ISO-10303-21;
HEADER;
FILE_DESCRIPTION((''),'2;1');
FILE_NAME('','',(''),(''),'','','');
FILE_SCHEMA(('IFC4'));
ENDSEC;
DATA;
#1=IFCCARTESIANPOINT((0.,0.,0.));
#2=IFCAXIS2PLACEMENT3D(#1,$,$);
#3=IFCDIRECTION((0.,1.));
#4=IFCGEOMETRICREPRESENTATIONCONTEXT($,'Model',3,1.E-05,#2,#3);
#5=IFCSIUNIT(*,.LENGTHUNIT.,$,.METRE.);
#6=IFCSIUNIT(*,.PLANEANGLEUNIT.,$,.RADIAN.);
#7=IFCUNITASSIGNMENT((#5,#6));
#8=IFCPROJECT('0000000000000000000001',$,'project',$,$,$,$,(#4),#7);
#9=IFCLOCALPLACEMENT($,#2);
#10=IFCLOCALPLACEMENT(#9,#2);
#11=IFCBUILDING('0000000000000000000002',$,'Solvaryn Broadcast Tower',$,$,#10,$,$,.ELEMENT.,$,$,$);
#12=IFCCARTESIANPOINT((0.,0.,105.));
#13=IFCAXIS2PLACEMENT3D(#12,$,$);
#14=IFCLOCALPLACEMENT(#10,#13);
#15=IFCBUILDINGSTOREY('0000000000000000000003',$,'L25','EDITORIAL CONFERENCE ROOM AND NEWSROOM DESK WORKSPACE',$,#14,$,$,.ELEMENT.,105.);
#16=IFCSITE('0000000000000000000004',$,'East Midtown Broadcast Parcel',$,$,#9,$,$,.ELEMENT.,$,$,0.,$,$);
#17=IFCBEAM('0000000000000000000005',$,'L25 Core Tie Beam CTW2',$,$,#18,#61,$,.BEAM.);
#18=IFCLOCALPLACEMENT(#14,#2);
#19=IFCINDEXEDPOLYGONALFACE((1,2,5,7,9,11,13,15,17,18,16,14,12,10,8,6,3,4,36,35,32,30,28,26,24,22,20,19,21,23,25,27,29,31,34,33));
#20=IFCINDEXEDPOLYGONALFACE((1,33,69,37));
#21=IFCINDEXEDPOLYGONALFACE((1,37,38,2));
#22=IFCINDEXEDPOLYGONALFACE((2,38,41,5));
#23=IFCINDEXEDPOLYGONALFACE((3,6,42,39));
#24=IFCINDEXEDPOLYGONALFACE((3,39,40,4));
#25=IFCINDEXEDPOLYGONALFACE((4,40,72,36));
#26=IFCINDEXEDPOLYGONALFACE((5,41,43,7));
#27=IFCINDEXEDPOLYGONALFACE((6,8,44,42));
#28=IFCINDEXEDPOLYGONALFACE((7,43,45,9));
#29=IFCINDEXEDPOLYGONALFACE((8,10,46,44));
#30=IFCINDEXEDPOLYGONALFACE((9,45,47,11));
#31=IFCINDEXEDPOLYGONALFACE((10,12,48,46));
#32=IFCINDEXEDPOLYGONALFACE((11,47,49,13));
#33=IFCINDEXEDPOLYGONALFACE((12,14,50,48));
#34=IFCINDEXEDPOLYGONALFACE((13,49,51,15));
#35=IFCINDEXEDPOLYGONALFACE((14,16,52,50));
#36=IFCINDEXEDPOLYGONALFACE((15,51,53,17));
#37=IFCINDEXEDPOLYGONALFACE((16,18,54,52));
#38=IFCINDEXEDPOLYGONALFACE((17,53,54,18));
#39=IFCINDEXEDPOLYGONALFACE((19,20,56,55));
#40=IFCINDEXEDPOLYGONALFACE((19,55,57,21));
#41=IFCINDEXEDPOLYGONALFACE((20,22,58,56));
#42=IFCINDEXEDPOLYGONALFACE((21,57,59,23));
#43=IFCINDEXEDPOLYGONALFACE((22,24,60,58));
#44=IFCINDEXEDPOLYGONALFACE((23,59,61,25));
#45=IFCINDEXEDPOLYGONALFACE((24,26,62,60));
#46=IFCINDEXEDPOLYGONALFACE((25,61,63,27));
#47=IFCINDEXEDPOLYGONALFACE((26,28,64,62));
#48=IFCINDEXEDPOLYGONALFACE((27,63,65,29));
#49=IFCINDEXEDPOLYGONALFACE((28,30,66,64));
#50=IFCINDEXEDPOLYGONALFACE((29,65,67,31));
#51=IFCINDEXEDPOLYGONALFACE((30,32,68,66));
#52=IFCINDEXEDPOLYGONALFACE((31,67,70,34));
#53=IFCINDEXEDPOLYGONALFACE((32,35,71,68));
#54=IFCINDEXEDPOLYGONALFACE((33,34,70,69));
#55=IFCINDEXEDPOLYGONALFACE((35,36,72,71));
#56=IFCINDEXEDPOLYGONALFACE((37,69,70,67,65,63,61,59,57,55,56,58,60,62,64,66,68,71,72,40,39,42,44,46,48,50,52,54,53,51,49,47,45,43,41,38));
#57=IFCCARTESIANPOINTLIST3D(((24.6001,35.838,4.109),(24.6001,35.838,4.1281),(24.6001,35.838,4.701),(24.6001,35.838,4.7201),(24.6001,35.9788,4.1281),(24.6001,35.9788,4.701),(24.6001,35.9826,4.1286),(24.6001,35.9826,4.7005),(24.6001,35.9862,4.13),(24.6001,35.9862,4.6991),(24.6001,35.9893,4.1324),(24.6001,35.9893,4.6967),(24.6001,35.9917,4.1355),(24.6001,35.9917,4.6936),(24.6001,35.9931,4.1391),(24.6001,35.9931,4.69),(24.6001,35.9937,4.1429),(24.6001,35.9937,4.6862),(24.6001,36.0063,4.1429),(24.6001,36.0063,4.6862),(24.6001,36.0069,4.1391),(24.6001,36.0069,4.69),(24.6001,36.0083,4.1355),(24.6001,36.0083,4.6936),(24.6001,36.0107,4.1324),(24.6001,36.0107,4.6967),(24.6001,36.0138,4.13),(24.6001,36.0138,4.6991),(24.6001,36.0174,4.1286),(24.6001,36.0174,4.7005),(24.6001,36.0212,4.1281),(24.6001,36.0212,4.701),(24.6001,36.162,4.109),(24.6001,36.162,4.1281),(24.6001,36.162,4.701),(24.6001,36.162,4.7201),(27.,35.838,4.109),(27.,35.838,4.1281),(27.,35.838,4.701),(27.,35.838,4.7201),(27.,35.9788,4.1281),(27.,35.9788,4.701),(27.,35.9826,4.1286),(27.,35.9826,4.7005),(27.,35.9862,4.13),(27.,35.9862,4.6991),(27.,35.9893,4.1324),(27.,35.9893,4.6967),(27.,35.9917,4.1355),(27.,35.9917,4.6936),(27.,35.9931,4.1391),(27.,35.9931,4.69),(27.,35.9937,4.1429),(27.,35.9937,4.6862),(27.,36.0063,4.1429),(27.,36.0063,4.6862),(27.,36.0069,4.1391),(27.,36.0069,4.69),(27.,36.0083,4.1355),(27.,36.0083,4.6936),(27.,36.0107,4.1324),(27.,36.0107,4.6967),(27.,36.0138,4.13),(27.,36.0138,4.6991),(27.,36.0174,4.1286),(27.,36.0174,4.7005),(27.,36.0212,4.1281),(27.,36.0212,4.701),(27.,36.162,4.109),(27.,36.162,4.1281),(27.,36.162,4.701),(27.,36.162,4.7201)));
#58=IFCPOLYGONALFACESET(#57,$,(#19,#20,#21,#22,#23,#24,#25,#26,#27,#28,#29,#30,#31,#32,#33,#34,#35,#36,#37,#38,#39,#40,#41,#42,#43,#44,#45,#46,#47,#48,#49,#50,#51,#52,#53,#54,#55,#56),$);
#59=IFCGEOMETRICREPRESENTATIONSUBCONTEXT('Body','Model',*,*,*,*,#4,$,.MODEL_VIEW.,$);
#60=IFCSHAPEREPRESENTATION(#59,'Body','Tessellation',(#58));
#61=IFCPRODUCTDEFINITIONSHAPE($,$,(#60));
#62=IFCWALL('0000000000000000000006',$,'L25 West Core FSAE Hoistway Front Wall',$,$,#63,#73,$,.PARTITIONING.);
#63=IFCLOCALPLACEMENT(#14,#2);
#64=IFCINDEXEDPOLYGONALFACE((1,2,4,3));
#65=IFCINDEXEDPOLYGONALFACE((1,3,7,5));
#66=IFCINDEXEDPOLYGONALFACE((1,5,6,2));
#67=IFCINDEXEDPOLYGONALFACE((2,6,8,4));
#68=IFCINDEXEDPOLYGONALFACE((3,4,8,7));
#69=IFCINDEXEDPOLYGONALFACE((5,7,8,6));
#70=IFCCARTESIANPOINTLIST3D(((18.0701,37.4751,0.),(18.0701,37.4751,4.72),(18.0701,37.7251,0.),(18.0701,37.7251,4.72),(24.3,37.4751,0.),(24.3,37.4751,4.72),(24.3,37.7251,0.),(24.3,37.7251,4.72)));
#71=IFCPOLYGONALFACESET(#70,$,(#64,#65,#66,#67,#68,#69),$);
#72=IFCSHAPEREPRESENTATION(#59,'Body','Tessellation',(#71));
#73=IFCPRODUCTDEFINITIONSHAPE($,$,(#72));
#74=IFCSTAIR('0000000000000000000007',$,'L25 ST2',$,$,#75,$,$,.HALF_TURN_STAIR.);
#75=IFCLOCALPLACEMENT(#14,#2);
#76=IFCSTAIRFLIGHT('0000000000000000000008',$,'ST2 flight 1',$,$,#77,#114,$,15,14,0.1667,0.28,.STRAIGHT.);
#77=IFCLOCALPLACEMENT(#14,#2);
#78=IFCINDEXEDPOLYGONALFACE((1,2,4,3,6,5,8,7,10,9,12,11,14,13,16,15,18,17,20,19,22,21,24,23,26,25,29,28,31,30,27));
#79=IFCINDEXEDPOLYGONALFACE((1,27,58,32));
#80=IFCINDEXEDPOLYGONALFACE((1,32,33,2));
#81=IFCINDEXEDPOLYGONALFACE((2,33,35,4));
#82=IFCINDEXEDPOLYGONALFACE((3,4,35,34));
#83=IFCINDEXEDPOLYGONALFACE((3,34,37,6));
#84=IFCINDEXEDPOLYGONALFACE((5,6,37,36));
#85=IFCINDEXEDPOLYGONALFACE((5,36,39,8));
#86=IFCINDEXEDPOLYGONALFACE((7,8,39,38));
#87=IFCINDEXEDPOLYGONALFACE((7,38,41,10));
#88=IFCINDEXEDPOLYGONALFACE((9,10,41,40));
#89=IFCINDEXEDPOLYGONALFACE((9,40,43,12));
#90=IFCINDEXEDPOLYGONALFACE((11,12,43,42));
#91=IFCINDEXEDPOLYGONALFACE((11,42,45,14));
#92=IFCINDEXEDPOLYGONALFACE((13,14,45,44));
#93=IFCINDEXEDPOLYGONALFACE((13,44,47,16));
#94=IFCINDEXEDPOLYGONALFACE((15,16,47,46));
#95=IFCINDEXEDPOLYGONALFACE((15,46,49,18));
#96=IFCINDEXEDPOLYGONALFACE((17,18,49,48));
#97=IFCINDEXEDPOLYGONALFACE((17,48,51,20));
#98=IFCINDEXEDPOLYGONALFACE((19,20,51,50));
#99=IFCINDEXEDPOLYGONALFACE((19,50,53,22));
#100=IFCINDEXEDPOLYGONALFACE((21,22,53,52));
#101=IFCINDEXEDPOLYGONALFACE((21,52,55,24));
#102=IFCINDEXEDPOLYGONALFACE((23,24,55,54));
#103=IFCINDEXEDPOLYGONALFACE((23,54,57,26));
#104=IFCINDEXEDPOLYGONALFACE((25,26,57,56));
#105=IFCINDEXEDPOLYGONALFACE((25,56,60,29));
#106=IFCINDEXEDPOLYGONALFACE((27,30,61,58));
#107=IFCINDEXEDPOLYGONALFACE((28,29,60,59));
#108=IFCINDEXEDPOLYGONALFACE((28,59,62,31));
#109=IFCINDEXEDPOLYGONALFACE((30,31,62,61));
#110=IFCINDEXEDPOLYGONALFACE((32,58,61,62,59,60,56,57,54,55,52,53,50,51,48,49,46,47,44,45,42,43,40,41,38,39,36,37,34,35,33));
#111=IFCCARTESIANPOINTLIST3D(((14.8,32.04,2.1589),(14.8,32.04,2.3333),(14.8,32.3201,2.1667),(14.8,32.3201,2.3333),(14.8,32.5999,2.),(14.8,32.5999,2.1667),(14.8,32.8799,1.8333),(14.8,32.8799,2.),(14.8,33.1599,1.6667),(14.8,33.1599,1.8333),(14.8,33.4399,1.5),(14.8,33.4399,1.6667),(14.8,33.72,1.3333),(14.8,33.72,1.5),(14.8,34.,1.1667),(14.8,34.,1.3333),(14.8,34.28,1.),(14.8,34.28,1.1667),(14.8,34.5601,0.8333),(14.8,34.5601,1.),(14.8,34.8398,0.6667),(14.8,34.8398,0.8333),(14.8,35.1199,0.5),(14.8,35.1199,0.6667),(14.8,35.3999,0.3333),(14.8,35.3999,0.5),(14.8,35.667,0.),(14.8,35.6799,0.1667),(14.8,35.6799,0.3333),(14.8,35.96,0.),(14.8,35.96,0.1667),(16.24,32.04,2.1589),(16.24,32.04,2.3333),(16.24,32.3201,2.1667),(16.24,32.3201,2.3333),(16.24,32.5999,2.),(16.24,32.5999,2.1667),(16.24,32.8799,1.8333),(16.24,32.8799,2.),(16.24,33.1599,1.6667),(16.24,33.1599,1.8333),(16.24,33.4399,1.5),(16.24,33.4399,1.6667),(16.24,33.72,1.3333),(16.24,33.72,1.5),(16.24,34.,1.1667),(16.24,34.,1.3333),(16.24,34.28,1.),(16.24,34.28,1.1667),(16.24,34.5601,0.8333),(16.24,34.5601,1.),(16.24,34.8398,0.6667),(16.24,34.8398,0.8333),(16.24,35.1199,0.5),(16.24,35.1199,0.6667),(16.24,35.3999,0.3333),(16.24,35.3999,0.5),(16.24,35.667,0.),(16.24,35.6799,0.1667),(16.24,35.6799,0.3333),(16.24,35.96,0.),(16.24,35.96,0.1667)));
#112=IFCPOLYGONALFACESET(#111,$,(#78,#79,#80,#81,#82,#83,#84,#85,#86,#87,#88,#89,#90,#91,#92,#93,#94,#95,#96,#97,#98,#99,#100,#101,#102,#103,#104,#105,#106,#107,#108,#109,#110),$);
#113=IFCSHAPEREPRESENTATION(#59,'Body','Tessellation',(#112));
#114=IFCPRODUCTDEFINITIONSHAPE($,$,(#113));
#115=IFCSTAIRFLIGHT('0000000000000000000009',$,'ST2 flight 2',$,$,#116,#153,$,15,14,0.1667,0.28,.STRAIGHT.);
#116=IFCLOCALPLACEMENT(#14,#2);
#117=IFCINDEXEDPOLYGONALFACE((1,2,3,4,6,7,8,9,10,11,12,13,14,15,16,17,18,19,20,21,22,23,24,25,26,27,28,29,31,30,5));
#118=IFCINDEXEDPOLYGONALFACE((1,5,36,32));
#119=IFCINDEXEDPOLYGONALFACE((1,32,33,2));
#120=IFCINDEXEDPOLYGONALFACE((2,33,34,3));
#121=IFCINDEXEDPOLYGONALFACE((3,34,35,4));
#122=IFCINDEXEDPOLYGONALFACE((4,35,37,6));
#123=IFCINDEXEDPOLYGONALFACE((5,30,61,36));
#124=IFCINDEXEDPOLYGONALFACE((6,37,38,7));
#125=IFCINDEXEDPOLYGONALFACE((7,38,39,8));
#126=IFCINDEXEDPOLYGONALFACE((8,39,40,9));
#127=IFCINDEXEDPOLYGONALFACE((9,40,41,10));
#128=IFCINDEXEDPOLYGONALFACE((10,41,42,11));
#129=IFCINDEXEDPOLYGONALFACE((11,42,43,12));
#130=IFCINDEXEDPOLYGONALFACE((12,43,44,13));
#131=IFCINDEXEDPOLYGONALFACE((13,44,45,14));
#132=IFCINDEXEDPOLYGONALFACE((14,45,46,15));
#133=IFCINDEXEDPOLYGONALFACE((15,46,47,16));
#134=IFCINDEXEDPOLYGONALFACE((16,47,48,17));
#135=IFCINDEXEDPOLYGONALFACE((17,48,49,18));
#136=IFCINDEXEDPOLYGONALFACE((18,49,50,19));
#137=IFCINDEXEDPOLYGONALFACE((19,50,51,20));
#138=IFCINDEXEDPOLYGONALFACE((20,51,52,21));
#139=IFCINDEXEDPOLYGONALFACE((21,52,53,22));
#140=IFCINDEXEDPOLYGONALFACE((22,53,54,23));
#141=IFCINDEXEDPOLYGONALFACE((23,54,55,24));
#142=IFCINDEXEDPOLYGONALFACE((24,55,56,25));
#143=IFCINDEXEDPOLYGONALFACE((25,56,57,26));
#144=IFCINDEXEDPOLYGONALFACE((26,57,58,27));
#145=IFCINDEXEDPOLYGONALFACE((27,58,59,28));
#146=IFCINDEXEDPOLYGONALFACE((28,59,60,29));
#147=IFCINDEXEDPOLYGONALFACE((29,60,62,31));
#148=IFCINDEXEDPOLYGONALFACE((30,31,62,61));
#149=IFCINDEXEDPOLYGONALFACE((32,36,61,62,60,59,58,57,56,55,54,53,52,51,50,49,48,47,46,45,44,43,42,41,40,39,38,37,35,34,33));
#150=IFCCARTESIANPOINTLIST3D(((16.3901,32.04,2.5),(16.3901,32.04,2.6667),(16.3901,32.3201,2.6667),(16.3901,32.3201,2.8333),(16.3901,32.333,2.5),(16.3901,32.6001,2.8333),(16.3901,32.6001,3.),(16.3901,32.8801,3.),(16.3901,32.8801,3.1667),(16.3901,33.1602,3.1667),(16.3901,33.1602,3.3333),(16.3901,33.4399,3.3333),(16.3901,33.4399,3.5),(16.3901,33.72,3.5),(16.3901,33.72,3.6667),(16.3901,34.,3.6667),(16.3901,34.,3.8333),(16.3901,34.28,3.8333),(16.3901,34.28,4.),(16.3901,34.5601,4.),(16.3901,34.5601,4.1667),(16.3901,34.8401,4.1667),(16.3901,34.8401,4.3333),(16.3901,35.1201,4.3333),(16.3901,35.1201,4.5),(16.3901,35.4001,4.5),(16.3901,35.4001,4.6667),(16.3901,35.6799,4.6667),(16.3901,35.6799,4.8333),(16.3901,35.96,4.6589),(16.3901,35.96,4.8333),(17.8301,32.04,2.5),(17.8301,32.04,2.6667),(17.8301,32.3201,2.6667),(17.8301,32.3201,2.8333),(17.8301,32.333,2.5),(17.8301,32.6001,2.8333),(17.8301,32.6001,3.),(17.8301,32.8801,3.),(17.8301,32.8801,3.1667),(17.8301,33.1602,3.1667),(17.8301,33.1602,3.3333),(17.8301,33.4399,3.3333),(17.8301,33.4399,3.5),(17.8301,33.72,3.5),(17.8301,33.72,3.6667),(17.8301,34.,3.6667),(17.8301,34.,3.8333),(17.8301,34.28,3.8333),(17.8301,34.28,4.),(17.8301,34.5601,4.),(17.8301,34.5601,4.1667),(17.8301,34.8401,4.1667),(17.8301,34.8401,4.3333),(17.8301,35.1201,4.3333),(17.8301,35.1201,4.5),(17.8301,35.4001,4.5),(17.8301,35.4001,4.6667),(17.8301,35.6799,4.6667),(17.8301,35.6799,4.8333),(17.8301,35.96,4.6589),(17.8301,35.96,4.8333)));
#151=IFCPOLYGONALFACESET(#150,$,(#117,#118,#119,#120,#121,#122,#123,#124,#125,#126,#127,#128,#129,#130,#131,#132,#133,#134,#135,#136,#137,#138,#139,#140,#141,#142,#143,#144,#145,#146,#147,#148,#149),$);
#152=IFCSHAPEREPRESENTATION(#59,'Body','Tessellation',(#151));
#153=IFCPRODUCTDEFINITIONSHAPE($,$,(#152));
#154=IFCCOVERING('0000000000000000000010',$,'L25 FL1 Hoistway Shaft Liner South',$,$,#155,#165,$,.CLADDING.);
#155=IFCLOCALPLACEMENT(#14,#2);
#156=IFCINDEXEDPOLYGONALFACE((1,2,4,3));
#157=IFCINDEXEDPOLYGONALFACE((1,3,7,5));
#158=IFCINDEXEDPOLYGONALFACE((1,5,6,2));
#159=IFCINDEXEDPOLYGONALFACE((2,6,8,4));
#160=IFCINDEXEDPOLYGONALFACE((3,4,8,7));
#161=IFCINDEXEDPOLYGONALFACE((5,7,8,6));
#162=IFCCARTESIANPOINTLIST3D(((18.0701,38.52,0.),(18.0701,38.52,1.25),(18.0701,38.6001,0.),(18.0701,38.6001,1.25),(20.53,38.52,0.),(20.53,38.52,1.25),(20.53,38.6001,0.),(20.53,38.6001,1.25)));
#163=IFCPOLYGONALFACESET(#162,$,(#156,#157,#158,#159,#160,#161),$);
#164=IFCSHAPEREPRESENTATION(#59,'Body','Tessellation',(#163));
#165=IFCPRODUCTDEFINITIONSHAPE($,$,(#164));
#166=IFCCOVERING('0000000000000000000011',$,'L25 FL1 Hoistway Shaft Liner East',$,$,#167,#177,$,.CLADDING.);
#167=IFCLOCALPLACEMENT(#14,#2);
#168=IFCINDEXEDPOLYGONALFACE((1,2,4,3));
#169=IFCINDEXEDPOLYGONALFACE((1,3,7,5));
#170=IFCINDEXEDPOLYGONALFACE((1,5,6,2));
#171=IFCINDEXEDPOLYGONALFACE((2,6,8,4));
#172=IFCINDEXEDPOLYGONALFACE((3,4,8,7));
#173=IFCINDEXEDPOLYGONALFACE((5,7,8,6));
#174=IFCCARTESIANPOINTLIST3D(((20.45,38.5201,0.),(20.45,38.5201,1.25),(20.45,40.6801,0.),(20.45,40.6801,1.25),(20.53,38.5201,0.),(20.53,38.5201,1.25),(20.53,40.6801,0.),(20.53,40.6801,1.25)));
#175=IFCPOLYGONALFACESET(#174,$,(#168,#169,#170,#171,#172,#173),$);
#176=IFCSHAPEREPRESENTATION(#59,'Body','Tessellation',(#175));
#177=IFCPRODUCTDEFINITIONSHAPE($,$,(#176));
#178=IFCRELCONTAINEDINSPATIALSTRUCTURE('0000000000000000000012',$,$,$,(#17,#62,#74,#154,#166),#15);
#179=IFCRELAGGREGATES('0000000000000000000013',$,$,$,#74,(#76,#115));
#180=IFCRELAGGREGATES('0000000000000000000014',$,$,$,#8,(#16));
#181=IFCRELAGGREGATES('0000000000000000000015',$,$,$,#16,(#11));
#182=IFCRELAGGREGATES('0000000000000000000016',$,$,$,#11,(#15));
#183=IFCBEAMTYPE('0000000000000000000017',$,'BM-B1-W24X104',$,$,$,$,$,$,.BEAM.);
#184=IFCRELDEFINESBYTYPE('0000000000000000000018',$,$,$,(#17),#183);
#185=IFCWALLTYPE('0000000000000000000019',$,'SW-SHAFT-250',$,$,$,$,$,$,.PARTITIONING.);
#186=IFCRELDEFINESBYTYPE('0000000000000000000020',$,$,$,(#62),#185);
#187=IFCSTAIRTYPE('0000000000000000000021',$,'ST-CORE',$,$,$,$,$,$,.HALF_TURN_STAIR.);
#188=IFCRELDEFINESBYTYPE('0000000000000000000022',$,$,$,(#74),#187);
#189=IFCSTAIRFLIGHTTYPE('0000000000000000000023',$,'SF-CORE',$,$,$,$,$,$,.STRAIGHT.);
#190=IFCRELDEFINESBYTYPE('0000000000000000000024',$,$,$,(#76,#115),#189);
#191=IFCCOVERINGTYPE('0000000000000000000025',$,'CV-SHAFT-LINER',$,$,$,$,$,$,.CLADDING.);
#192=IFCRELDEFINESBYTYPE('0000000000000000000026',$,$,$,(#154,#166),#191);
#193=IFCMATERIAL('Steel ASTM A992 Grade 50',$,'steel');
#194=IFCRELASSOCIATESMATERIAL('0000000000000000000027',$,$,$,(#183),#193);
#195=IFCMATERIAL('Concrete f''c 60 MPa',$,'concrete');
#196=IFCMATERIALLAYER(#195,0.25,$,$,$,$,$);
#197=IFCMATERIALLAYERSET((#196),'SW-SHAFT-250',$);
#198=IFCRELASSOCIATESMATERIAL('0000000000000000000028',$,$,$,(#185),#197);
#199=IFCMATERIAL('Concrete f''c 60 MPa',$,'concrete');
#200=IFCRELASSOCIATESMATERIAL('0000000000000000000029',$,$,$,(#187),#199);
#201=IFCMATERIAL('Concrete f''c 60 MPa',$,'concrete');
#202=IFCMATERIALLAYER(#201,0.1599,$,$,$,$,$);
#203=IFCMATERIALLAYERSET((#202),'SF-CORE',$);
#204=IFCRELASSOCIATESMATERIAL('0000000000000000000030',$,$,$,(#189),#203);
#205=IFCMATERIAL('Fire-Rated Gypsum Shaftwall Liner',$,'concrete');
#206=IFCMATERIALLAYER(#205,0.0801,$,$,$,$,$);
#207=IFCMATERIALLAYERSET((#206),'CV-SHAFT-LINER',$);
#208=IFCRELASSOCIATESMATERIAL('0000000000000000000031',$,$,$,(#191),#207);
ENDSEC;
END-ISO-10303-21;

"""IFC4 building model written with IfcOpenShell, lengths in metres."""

from ifc_helpers import new_model, si_unit, direction, frame, frame_2d, origin, origin_2d, place, context, subcontext, project, spatial, polyline, rectangle, i_section, outline, extrude, material, layer, layer_set, material_profile, profile_set, type_object, element, aggregate, save


model = new_model("IFC4")

# Units and contexts
model_context = context("Model", 3, precision=1e-05, world=origin(), true_north=direction((0.0, 1.0)))
body_context = subcontext(model_context, "Body", "Model", "MODEL_VIEW")
ifc_project = project(units=[si_unit("LENGTHUNIT", "METRE"), si_unit("PLANEANGLEUNIT", "RADIAN")], contexts=[model_context])

# Site, building, storey
site_placement = place(None, origin())
site = spatial("IfcSite", under=ifc_project, at=site_placement, Name="East Midtown Broadcast Parcel", CompositionType="ELEMENT", RefElevation=0.0)
building_placement = place(site_placement, origin())
building = spatial("IfcBuilding", under=site, at=building_placement, Name="Solvaryn Broadcast Tower", CompositionType="ELEMENT")
storey_placement = place(building_placement, frame((0.0, 0.0, 105.0)))
storey = spatial("IfcBuildingStorey", under=building, at=storey_placement, Name="L25", Description="EDITORIAL CONFERENCE ROOM AND NEWSROOM DESK WORKSPACE", CompositionType="ELEMENT", Elevation=105.0)

# Beam
ifc_material_1 = material(Name="Steel ASTM A992 Grade 50", Category="steel")
ifc_material_profile = material_profile(ifc_material_1, i_section(OverallWidth=0.324, OverallDepth=0.6111, WebThickness=0.0127, FlangeThickness=0.019, FilletRadius=0.0149, at=origin_2d()))
ifc_profile_set = profile_set([ifc_material_profile], Name="Steel ASTM A992 Grade 50")
beam_type = type_object("IfcBeamType", Name="BM-B1-W24X104", PredefinedType="BEAM", material=ifc_profile_set)
beam_placement = place(storey_placement, frame((24.6001, 36.0, 4.4146), z_axis=(1.0, 0.0, 0.0), x_axis=(0.0, 1.0, 0.0)))
element("IfcBeam", 1, at=beam_placement, inside=storey, type_object=beam_type, Name="L25 Core Tie Beam CTW2", PredefinedType="BEAM", context=body_context, shape_type="SweptSolid", body=[
    extrude(i_section(OverallWidth=0.324, OverallDepth=0.6111, WebThickness=0.0127, FlangeThickness=0.019, FilletRadius=0.0149, at=origin_2d()), origin(), (0.0, 0.0, 1.0), 2.3999),
])

# Wall
ifc_material_2 = material(Name="Concrete f'c 60 MPa", Category="concrete")
ifc_layer_1 = layer(ifc_material_2, 0.25)
ifc_layer_set_1 = layer_set([ifc_layer_1], Name="SW-SHAFT-250")
wall_type_1 = type_object("IfcWallType", Name="SW-SHAFT-250", PredefinedType="PARTITIONING", material=ifc_layer_set_1)
wall_1_placement = place(storey_placement, frame((18.0701, 37.6001, 0.0), z_axis=(0.0, 0.0, 1.0), x_axis=(1.0, 0.0, 0.0)))
element("IfcWall", 2, at=wall_1_placement, inside=storey, type_object=wall_type_1, Name="L25 West Core FSAE Hoistway Front Wall", PredefinedType="PARTITIONING", context=body_context, shape_type="SweptSolid", body=[
    extrude(rectangle(XDim=6.23, YDim=0.25, at=frame_2d((3.115, 0.0))), origin(), (0.0, 0.0, 1.0), 4.72),
])

# Stair, stair flights
ifc_material_3 = material(Name="Concrete f'c 60 MPa", Category="concrete")
stair_type = type_object("IfcStairType", Name="ST-CORE", PredefinedType="HALF_TURN_STAIR", material=ifc_material_3)
stair_placement = place(storey_placement, origin())
stair = element("IfcStair", 3, at=stair_placement, inside=storey, type_object=stair_type, Name="L25 ST2", PredefinedType="HALF_TURN_STAIR")
ifc_material_4 = material(Name="Concrete f'c 60 MPa", Category="concrete")
ifc_layer_2 = layer(ifc_material_4, 0.1599)
ifc_layer_set_2 = layer_set([ifc_layer_2], Name="SF-CORE")
stair_flight_type = type_object("IfcStairFlightType", Name="SF-CORE", PredefinedType="STRAIGHT", material=ifc_layer_set_2)
stair_flight_1_placement = place(storey_placement, frame((15.52, 35.96, 0.0), z_axis=(0.0, 0.0, 1.0), x_axis=(0.0, -1.0, 0.0)))
stair_flight_1 = element("IfcStairFlight", 4, at=stair_flight_1_placement, type_object=stair_flight_type, Name="ST2 flight 1", NumberOfRisers=15, NumberOfTreads=14, PredefinedType="STRAIGHT", RiserHeight=0.1667, TreadLength=0.28, context=body_context, shape_type="SweptSolid", body=[
    extrude(outline(polyline([(0.0, 0.0), (0.0, 0.1667), (0.28, 0.1667), (0.28, 0.3333), (0.5601, 0.3333), (0.5601, 0.5), (0.8401, 0.5), (0.8401, 0.6667), (1.1201, 0.6667), (1.1201, 0.8333), (1.3999, 0.8333), (1.3999, 1.0), (1.6799, 1.0), (1.6799, 1.1667), (1.96, 1.1667), (1.96, 1.3333), (2.24, 1.3333), (2.24, 1.5), (2.52, 1.5), (2.52, 1.6667), (2.8, 1.6667), (2.8, 1.8333), (3.0801, 1.8333), (3.0801, 2.0), (3.3601, 2.0), (3.3601, 2.1667), (3.6399, 2.1667), (3.6399, 2.3333), (3.9199, 2.3333), (3.9199, 2.5), (3.9199, 2.1589), (0.293, 0.0), (0.0, 0.0)])), frame((0.0, 0.72, 0.0), z_axis=(0.0, -1.0, 0.0), x_axis=(1.0, 0.0, 0.0)), (0.0, 0.0, 1.0), 1.4399),
])
stair_flight_2_placement = place(storey_placement, frame((17.1101, 32.04, 2.5), z_axis=(0.0, 0.0, 1.0), x_axis=(0.0, 1.0, 0.0)))
stair_flight_2 = element("IfcStairFlight", 5, at=stair_flight_2_placement, type_object=stair_flight_type, Name="ST2 flight 2", NumberOfRisers=15, NumberOfTreads=14, PredefinedType="STRAIGHT", RiserHeight=0.1667, TreadLength=0.28, context=body_context, shape_type="SweptSolid", body=[
    extrude(outline(polyline([(0.0, 0.0), (0.0, 0.1667), (0.28, 0.1667), (0.28, 0.3333), (0.5601, 0.3333), (0.5601, 0.5), (0.8401, 0.5), (0.8401, 0.6667), (1.1201, 0.6667), (1.1201, 0.8333), (1.3999, 0.8333), (1.3999, 1.0), (1.6799, 1.0), (1.6799, 1.1667), (1.96, 1.1667), (1.96, 1.3333), (2.24, 1.3333), (2.24, 1.5), (2.52, 1.5), (2.52, 1.6667), (2.8, 1.6667), (2.8, 1.8333), (3.0801, 1.8333), (3.0801, 2.0), (3.3601, 2.0), (3.3601, 2.1667), (3.6399, 2.1667), (3.6399, 2.3333), (3.9199, 2.3333), (3.9199, 2.5), (3.9199, 2.1589), (0.293, 0.0), (0.0, 0.0)])), frame((0.0, 0.72, 0.0), z_axis=(0.0, -1.0, 0.0), x_axis=(1.0, 0.0, 0.0)), (0.0, 0.0, 1.0), 1.4399),
])
aggregate(stair, [stair_flight_1, stair_flight_2])

# Coverings
ifc_material_5 = material(Name="Fire-Rated Gypsum Shaftwall Liner", Category="concrete")
ifc_layer_3 = layer(ifc_material_5, 0.0801)
ifc_layer_set_3 = layer_set([ifc_layer_3], Name="CV-SHAFT-LINER")
covering_type = type_object("IfcCoveringType", Name="CV-SHAFT-LINER", PredefinedType="CLADDING", material=ifc_layer_set_3)
covering_1_placement = place(storey_placement, frame((19.3, 38.5601, 0.0), z_axis=(0.0, 0.0, 1.0), x_axis=(1.0, 0.0, 0.0)))
element("IfcCovering", 6, at=covering_1_placement, inside=storey, type_object=covering_type, Name="L25 FL1 Hoistway Shaft Liner South", PredefinedType="CLADDING", context=body_context, shape_type="SweptSolid", body=[
    extrude(rectangle(XDim=2.46, YDim=0.0801, at=origin_2d()), origin(), (0.0, 0.0, 1.0), 1.25),
])
covering_2_placement = place(storey_placement, frame((20.49, 39.6001, 0.0), z_axis=(0.0, 0.0, 1.0), x_axis=(1.0, 0.0, 0.0)))
element("IfcCovering", 7, at=covering_2_placement, inside=storey, type_object=covering_type, Name="L25 FL1 Hoistway Shaft Liner East", PredefinedType="CLADDING", context=body_context, shape_type="SweptSolid", body=[
    extrude(rectangle(XDim=0.0801, YDim=2.1599, at=origin_2d()), origin(), (0.0, 0.0, 1.0), 1.25),
])

save(model, "model.ifc")
